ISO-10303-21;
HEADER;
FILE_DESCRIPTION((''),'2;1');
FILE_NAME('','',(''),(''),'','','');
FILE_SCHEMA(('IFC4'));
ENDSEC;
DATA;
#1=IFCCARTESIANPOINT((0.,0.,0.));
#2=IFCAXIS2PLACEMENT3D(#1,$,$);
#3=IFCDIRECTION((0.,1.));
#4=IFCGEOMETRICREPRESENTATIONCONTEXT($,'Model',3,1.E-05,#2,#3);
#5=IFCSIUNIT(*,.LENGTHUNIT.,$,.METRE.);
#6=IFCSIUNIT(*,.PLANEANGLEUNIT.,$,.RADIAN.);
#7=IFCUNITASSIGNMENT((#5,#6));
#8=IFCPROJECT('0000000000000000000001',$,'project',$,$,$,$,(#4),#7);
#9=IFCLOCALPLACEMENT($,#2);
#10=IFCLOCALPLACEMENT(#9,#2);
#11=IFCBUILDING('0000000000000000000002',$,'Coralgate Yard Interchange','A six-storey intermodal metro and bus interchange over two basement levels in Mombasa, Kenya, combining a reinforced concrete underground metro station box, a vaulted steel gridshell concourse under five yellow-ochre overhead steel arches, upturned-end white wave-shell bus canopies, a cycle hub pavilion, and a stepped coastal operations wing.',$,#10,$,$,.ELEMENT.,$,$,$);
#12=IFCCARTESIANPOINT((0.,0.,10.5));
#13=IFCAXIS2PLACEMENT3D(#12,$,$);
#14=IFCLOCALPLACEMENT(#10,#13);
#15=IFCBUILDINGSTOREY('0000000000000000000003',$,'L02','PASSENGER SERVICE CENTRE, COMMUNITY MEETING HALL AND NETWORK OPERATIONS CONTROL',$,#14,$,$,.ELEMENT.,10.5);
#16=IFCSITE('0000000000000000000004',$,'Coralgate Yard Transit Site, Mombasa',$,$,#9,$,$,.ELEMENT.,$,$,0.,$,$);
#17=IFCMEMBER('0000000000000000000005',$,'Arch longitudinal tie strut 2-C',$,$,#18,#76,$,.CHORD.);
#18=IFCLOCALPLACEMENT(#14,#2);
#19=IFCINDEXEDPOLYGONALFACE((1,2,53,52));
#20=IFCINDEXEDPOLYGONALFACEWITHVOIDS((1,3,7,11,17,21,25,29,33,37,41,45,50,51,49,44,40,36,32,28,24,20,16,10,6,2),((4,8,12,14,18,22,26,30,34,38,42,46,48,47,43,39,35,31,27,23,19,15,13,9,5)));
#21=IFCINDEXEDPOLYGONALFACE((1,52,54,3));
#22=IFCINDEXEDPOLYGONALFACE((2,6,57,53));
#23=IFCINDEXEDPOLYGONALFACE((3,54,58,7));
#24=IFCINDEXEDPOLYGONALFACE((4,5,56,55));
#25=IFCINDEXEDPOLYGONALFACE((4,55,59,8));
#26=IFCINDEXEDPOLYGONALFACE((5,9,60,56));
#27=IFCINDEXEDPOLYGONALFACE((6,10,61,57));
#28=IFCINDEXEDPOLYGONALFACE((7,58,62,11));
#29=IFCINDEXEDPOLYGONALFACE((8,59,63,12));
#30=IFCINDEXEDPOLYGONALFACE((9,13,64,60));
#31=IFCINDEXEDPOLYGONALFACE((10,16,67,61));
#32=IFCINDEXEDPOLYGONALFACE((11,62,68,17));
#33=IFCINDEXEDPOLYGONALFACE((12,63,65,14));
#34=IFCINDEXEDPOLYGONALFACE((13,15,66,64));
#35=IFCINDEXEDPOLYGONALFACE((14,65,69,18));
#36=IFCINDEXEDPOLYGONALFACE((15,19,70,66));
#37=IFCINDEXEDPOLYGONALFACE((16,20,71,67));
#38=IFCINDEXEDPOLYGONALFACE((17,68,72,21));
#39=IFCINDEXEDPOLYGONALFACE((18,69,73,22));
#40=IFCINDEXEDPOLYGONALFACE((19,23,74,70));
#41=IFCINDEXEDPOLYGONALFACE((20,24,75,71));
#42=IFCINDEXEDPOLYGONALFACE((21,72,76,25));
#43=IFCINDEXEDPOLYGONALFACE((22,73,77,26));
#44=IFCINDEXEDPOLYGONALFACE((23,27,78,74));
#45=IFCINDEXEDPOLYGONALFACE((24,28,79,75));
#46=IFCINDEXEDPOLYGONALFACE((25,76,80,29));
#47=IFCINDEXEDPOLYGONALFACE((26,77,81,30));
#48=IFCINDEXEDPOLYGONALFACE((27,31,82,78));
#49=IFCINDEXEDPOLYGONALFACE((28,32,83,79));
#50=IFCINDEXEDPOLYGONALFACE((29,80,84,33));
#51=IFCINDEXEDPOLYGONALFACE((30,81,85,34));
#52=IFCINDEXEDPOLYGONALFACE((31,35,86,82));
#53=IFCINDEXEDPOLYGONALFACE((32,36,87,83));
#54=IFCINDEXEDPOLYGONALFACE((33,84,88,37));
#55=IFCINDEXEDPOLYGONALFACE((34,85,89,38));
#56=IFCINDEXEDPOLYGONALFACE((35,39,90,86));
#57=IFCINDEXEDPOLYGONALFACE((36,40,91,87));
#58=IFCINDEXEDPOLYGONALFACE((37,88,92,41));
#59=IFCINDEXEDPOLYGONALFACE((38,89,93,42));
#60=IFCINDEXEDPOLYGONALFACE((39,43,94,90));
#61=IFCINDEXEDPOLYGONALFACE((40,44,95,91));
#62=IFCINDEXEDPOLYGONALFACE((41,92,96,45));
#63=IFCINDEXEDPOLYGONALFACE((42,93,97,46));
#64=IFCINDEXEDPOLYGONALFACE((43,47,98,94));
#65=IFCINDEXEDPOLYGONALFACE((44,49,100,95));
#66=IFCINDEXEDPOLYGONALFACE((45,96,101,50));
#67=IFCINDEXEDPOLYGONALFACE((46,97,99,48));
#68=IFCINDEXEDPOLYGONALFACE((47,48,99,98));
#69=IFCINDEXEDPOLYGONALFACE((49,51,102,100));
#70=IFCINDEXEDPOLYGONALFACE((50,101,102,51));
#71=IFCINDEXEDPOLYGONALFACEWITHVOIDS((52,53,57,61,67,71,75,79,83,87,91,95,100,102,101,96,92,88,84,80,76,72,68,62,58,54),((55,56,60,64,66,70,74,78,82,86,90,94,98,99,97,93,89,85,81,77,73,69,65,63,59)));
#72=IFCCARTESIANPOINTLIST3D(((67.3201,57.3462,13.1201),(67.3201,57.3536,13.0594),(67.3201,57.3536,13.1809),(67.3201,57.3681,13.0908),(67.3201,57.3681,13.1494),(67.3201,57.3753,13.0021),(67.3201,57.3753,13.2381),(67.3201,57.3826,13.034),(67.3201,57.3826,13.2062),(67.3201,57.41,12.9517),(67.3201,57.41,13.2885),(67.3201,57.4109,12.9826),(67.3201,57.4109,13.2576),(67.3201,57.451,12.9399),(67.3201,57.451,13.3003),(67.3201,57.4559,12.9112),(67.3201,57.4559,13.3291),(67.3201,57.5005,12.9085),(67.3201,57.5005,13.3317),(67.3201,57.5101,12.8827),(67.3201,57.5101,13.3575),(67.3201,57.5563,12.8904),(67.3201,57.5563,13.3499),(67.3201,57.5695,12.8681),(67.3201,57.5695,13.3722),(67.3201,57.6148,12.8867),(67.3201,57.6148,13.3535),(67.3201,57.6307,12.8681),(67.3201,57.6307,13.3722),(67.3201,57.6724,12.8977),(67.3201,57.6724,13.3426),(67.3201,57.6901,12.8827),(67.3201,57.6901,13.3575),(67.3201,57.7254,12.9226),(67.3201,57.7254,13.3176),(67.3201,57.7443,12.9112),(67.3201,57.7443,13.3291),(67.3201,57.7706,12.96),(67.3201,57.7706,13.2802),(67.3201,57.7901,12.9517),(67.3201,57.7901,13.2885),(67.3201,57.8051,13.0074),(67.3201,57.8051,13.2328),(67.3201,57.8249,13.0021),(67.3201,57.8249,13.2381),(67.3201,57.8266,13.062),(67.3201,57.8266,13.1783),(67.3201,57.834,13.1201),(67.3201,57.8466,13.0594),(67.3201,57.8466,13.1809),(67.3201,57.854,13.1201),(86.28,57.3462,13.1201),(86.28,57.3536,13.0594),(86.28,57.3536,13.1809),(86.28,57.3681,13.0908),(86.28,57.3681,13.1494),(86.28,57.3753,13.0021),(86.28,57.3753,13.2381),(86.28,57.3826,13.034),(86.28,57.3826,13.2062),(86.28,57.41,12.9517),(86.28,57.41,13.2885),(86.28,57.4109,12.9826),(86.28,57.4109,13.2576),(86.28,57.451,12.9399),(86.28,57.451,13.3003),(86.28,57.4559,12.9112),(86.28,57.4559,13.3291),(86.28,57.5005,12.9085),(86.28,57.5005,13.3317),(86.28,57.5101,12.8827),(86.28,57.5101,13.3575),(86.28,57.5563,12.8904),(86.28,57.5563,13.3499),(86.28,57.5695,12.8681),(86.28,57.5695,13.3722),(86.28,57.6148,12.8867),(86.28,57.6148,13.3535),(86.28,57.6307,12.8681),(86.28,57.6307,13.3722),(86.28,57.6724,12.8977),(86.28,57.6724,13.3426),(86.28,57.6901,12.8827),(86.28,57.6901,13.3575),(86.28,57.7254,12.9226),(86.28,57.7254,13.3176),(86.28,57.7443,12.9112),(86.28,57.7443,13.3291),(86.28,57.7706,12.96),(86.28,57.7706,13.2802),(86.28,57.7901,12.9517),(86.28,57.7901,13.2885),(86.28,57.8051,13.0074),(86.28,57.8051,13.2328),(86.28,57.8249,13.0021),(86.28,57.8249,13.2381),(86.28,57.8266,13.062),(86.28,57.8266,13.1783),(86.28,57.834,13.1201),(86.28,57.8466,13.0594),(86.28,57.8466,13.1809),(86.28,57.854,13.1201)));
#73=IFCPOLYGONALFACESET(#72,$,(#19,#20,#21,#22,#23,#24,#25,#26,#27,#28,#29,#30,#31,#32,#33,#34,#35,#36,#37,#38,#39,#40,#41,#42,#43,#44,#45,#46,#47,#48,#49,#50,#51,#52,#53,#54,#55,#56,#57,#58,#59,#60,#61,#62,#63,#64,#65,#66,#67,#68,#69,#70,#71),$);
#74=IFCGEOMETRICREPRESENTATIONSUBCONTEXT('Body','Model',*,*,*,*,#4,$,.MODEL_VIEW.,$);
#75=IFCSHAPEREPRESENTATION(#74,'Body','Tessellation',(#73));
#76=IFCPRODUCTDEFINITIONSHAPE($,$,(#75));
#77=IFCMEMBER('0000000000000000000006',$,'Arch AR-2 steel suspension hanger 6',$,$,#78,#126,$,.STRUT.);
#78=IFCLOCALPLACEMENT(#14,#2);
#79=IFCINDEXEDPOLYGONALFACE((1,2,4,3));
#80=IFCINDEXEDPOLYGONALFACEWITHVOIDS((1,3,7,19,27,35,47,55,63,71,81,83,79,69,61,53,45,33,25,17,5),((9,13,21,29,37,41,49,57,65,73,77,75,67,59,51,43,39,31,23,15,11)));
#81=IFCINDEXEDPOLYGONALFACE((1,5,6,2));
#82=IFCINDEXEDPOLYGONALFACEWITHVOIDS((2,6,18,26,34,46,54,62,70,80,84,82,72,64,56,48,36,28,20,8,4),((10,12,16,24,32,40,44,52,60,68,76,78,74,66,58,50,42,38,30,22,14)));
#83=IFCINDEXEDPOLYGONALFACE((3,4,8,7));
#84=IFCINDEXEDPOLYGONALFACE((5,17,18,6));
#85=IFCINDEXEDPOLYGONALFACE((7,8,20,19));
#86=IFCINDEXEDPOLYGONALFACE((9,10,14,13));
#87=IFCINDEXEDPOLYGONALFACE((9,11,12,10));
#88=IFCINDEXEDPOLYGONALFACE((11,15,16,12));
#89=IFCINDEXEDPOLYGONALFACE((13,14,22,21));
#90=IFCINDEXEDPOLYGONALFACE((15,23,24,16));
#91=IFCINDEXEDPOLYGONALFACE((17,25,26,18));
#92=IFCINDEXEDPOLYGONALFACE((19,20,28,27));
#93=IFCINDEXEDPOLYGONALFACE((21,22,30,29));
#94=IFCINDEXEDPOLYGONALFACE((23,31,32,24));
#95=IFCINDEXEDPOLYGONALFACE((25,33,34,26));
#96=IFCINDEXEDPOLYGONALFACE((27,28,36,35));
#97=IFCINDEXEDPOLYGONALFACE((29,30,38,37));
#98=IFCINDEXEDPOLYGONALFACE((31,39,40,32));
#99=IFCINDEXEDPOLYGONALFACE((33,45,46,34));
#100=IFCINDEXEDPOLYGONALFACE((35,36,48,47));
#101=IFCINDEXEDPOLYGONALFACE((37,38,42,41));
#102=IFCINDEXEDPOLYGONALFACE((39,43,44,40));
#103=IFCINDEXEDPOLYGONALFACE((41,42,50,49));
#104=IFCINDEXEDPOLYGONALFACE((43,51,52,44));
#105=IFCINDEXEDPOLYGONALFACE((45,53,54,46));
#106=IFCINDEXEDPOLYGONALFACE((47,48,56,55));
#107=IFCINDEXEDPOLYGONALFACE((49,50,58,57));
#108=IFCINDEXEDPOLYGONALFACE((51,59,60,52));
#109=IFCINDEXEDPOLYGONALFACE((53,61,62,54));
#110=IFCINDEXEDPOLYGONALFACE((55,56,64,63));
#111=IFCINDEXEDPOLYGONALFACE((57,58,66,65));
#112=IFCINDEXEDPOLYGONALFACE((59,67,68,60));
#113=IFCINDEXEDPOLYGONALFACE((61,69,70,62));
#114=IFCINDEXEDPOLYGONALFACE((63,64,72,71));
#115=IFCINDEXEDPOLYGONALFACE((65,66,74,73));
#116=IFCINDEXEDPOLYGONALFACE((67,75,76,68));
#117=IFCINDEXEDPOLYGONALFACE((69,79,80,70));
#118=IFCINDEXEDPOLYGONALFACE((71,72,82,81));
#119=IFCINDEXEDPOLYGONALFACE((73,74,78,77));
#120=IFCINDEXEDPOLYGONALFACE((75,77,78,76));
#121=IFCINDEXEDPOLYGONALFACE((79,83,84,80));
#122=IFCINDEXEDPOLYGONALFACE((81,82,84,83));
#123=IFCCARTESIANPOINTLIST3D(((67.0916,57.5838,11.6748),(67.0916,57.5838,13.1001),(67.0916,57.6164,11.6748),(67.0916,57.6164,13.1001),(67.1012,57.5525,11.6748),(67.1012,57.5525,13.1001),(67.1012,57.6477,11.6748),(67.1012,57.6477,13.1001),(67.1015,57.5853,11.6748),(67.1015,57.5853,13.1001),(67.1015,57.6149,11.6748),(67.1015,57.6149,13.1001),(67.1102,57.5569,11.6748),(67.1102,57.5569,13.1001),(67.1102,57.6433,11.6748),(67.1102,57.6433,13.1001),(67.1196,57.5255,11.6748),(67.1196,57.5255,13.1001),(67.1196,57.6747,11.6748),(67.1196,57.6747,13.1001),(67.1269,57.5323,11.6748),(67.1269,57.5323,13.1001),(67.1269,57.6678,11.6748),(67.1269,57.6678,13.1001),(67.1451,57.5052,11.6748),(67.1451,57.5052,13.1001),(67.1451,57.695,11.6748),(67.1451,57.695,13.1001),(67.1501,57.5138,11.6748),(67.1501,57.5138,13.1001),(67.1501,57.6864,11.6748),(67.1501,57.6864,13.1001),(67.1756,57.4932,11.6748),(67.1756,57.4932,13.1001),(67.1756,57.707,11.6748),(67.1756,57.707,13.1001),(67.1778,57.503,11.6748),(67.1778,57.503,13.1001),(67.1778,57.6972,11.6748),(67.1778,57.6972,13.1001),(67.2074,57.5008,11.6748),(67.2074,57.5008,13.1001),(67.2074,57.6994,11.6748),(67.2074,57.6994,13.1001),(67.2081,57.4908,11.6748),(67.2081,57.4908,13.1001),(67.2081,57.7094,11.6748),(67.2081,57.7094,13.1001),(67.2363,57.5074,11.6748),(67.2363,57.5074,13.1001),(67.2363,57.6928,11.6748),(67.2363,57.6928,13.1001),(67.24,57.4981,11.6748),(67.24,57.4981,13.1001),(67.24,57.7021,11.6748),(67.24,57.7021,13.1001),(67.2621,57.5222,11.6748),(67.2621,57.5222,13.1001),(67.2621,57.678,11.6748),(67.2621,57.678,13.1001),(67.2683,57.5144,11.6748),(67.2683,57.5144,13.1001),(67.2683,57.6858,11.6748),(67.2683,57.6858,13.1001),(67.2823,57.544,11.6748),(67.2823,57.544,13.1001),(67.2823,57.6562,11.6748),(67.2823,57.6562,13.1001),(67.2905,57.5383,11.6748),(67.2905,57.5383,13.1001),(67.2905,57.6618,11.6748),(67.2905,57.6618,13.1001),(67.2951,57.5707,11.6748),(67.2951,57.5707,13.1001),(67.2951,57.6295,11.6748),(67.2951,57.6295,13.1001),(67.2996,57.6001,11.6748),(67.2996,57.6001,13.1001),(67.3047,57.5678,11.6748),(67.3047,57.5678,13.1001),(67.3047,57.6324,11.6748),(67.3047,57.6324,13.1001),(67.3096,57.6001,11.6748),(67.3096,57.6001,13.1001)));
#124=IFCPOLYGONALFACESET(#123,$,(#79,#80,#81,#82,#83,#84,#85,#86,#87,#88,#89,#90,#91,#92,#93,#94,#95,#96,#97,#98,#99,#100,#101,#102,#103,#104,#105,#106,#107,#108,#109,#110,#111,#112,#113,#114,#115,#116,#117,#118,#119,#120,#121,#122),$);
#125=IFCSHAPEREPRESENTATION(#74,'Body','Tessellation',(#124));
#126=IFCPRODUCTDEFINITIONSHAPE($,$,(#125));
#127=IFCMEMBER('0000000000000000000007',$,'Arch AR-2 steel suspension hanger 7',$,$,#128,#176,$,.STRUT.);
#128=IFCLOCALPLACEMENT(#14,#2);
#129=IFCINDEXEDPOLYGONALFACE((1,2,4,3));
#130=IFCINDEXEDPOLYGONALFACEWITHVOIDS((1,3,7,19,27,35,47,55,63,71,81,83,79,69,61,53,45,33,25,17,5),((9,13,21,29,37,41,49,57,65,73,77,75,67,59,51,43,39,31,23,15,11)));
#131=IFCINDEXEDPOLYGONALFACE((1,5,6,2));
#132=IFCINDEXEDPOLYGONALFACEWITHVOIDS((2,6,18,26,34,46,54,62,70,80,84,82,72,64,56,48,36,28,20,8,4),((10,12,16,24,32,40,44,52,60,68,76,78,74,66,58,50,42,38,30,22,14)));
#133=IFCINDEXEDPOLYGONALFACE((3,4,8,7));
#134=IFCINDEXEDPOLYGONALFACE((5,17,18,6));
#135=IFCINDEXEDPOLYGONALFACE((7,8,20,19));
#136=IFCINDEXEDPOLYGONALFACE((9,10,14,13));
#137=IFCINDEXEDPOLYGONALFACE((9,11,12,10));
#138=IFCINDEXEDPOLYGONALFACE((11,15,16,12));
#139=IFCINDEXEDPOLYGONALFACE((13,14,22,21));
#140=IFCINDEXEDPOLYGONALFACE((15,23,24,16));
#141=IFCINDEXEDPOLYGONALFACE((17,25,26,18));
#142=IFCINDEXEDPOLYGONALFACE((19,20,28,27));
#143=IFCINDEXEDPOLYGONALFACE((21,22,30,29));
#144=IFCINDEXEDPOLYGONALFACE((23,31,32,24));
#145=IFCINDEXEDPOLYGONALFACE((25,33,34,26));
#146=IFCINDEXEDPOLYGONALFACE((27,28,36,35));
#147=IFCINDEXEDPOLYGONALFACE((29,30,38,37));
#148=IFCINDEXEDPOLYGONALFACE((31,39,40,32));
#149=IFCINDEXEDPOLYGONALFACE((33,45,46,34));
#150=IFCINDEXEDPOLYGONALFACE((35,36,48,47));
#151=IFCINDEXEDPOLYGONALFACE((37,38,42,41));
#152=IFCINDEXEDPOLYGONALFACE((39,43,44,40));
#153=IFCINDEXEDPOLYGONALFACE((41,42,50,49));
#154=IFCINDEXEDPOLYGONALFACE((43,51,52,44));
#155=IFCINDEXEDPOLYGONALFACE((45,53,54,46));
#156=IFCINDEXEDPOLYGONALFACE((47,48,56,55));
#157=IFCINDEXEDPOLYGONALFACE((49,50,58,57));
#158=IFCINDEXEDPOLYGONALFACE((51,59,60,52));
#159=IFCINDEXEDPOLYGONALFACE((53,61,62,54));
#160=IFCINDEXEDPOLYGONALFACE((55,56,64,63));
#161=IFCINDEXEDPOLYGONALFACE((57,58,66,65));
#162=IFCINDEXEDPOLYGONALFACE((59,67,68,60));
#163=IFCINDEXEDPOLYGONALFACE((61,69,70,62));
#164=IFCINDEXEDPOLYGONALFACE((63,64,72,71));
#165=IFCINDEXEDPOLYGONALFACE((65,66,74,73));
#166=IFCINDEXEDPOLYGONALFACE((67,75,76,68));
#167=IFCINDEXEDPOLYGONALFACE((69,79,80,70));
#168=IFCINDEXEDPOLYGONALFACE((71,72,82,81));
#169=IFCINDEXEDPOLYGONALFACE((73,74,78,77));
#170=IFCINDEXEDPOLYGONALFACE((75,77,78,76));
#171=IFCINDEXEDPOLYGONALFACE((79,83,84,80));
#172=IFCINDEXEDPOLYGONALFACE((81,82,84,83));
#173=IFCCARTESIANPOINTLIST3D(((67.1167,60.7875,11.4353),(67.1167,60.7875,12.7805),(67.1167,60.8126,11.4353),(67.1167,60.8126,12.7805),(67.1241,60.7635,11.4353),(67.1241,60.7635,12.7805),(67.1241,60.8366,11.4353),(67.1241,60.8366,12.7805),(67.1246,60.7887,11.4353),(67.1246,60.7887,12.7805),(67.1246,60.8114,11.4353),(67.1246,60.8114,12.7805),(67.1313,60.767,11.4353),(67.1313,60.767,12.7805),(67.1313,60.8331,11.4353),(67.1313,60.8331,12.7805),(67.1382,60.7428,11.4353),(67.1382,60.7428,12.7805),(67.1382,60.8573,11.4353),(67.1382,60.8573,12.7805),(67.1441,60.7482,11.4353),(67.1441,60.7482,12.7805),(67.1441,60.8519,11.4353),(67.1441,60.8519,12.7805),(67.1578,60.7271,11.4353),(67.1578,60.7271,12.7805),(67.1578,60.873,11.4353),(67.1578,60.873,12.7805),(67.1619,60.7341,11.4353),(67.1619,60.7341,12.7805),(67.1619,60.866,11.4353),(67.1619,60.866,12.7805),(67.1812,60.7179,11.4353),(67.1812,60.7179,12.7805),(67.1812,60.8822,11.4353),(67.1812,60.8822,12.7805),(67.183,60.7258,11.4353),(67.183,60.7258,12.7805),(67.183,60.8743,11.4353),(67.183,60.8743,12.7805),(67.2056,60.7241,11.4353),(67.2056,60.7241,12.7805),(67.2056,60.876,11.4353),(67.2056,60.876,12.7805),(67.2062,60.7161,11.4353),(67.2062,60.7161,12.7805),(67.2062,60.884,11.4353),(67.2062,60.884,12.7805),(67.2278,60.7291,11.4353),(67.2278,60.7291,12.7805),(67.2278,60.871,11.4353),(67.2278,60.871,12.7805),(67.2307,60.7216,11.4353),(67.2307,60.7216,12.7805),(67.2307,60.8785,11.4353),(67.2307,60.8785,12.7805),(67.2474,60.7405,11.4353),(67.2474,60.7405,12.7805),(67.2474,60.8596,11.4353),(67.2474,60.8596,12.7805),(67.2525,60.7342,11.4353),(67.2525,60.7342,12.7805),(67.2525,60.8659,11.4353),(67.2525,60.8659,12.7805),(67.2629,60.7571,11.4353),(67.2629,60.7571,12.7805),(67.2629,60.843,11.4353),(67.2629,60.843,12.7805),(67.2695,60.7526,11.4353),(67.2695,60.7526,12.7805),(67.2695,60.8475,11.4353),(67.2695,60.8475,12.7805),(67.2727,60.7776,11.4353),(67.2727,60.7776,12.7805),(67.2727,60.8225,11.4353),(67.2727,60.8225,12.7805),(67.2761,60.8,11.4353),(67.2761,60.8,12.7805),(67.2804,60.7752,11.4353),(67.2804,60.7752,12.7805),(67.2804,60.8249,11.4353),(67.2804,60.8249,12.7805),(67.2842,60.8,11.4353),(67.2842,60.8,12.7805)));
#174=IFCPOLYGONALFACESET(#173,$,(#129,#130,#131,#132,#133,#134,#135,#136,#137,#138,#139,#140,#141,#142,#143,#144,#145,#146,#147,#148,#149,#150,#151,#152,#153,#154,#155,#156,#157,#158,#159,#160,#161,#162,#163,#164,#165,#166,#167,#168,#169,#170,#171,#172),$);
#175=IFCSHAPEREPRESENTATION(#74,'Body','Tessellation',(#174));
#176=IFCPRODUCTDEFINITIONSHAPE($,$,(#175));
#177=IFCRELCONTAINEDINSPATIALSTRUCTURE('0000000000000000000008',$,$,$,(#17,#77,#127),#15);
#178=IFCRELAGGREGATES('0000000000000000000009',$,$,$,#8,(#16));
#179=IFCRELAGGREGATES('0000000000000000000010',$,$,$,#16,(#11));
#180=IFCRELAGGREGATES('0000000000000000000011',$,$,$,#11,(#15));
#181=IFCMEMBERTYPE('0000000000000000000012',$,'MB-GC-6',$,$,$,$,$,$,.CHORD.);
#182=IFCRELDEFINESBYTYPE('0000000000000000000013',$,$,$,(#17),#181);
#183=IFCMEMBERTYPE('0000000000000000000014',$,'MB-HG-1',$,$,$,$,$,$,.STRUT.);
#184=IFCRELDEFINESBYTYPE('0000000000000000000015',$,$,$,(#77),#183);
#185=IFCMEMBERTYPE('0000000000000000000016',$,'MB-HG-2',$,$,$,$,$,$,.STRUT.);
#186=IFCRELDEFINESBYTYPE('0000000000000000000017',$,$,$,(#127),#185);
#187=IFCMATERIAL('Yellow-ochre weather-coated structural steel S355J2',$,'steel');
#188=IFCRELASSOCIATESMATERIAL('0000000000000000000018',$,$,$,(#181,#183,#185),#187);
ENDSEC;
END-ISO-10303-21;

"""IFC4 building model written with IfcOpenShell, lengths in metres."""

from ifc_helpers import new_model, si_unit, direction, frame, origin, origin_2d, place, context, subcontext, project, spatial, hollow_circle, extrude, material, material_profile, profile_set, type_object, element, save


model = new_model("IFC4")

# Units and contexts
model_context = context("Model", 3, precision=1e-05, world=origin(), true_north=direction((0.0, 1.0)))
body_context = subcontext(model_context, "Body", "Model", "MODEL_VIEW")
ifc_project = project(units=[si_unit("LENGTHUNIT", "METRE"), si_unit("PLANEANGLEUNIT", "RADIAN")], contexts=[model_context])

# Site, building, storey
site_placement = place(None, origin())
site = spatial("IfcSite", under=ifc_project, at=site_placement, Name="Coralgate Yard Transit Site, Mombasa", CompositionType="ELEMENT", RefElevation=0.0)
building_placement = place(site_placement, origin())
building = spatial("IfcBuilding", under=site, at=building_placement, Name="Coralgate Yard Interchange", Description="A six-storey intermodal metro and bus interchange over two basement levels in Mombasa, Kenya, combining a reinforced concrete underground metro station box, a vaulted steel gridshell concourse under five yellow-ochre overhead steel arches, upturned-end white wave-shell bus canopies, a cycle hub pavilion, and a stepped coastal operations wing.", CompositionType="ELEMENT")
storey_placement = place(building_placement, frame((0.0, 0.0, 10.5)))
storey = spatial("IfcBuildingStorey", under=building, at=storey_placement, Name="L02", Description="PASSENGER SERVICE CENTRE, COMMUNITY MEETING HALL AND NETWORK OPERATIONS CONTROL", CompositionType="ELEMENT", Elevation=10.5)

# Shared definitions
ifc_material_1 = material(Name="Yellow-ochre weather-coated structural steel S355J2", Category="steel")

# Members
ifc_material_profile_1 = material_profile(ifc_material_1, hollow_circle(Radius=0.2539, WallThickness=0.02, at=origin_2d()), Name="CHS 508x20")
ifc_profile_set_1 = profile_set([ifc_material_profile_1], Name="Yellow-ochre weather-coated structural steel S355J2")
member_type_1 = type_object("IfcMemberType", Name="MB-GC-6", PredefinedType="CHORD", material=ifc_profile_set_1)
member_1_placement = place(storey_placement, frame((67.3201, 57.6001, 13.1201), z_axis=(1.0, 0.0, 0.0), x_axis=(0.0, 1.0, 0.0)))
element("IfcMember", 1, at=member_1_placement, inside=storey, type_object=member_type_1, Name="Arch longitudinal tie strut 2-C", PredefinedType="CHORD", context=body_context, shape_type="SweptSolid", body=[
    extrude(hollow_circle(Radius=0.2539, WallThickness=0.02, at=origin_2d()), origin(), (0.0, 0.0, 1.0), 18.96),
])
ifc_material_profile_2 = material_profile(ifc_material_1, hollow_circle(Radius=0.1096, WallThickness=0.01, at=origin_2d()), Name="CHS 219.1x10")
ifc_profile_set_2 = profile_set([ifc_material_profile_2], Name="Yellow-ochre weather-coated structural steel S355J2")
member_type_2 = type_object("IfcMemberType", Name="MB-HG-1", PredefinedType="STRUT", material=ifc_profile_set_2)
member_2_placement = place(storey_placement, frame((67.2, 57.6001, 11.6748), z_axis=(0.0, 0.0, 1.0), x_axis=(1.0, 0.0, 0.0)))
element("IfcMember", 2, at=member_2_placement, inside=storey, type_object=member_type_2, Name="Arch AR-2 steel suspension hanger 6", PredefinedType="STRUT", context=body_context, shape_type="SweptSolid", body=[
    extrude(hollow_circle(Radius=0.1096, WallThickness=0.01, at=origin_2d()), origin(), (0.0, 0.0, 1.0), 1.4253),
])
ifc_material_profile_3 = material_profile(ifc_material_1, hollow_circle(Radius=0.0842, WallThickness=0.0081, at=origin_2d()), Name="CHS 168.3x8")
ifc_profile_set_3 = profile_set([ifc_material_profile_3], Name="Yellow-ochre weather-coated structural steel S355J2")
member_type_3 = type_object("IfcMemberType", Name="MB-HG-2", PredefinedType="STRUT", material=ifc_profile_set_3)
member_3_placement = place(storey_placement, frame((67.2, 60.8, 11.4353), z_axis=(0.0, 0.0, 1.0), x_axis=(1.0, 0.0, 0.0)))
element("IfcMember", 3, at=member_3_placement, inside=storey, type_object=member_type_3, Name="Arch AR-2 steel suspension hanger 7", PredefinedType="STRUT", context=body_context, shape_type="SweptSolid", body=[
    extrude(hollow_circle(Radius=0.0842, WallThickness=0.0081, at=origin_2d()), origin(), (0.0, 0.0, 1.0), 1.3452),
])

save(model, "model.ifc")
